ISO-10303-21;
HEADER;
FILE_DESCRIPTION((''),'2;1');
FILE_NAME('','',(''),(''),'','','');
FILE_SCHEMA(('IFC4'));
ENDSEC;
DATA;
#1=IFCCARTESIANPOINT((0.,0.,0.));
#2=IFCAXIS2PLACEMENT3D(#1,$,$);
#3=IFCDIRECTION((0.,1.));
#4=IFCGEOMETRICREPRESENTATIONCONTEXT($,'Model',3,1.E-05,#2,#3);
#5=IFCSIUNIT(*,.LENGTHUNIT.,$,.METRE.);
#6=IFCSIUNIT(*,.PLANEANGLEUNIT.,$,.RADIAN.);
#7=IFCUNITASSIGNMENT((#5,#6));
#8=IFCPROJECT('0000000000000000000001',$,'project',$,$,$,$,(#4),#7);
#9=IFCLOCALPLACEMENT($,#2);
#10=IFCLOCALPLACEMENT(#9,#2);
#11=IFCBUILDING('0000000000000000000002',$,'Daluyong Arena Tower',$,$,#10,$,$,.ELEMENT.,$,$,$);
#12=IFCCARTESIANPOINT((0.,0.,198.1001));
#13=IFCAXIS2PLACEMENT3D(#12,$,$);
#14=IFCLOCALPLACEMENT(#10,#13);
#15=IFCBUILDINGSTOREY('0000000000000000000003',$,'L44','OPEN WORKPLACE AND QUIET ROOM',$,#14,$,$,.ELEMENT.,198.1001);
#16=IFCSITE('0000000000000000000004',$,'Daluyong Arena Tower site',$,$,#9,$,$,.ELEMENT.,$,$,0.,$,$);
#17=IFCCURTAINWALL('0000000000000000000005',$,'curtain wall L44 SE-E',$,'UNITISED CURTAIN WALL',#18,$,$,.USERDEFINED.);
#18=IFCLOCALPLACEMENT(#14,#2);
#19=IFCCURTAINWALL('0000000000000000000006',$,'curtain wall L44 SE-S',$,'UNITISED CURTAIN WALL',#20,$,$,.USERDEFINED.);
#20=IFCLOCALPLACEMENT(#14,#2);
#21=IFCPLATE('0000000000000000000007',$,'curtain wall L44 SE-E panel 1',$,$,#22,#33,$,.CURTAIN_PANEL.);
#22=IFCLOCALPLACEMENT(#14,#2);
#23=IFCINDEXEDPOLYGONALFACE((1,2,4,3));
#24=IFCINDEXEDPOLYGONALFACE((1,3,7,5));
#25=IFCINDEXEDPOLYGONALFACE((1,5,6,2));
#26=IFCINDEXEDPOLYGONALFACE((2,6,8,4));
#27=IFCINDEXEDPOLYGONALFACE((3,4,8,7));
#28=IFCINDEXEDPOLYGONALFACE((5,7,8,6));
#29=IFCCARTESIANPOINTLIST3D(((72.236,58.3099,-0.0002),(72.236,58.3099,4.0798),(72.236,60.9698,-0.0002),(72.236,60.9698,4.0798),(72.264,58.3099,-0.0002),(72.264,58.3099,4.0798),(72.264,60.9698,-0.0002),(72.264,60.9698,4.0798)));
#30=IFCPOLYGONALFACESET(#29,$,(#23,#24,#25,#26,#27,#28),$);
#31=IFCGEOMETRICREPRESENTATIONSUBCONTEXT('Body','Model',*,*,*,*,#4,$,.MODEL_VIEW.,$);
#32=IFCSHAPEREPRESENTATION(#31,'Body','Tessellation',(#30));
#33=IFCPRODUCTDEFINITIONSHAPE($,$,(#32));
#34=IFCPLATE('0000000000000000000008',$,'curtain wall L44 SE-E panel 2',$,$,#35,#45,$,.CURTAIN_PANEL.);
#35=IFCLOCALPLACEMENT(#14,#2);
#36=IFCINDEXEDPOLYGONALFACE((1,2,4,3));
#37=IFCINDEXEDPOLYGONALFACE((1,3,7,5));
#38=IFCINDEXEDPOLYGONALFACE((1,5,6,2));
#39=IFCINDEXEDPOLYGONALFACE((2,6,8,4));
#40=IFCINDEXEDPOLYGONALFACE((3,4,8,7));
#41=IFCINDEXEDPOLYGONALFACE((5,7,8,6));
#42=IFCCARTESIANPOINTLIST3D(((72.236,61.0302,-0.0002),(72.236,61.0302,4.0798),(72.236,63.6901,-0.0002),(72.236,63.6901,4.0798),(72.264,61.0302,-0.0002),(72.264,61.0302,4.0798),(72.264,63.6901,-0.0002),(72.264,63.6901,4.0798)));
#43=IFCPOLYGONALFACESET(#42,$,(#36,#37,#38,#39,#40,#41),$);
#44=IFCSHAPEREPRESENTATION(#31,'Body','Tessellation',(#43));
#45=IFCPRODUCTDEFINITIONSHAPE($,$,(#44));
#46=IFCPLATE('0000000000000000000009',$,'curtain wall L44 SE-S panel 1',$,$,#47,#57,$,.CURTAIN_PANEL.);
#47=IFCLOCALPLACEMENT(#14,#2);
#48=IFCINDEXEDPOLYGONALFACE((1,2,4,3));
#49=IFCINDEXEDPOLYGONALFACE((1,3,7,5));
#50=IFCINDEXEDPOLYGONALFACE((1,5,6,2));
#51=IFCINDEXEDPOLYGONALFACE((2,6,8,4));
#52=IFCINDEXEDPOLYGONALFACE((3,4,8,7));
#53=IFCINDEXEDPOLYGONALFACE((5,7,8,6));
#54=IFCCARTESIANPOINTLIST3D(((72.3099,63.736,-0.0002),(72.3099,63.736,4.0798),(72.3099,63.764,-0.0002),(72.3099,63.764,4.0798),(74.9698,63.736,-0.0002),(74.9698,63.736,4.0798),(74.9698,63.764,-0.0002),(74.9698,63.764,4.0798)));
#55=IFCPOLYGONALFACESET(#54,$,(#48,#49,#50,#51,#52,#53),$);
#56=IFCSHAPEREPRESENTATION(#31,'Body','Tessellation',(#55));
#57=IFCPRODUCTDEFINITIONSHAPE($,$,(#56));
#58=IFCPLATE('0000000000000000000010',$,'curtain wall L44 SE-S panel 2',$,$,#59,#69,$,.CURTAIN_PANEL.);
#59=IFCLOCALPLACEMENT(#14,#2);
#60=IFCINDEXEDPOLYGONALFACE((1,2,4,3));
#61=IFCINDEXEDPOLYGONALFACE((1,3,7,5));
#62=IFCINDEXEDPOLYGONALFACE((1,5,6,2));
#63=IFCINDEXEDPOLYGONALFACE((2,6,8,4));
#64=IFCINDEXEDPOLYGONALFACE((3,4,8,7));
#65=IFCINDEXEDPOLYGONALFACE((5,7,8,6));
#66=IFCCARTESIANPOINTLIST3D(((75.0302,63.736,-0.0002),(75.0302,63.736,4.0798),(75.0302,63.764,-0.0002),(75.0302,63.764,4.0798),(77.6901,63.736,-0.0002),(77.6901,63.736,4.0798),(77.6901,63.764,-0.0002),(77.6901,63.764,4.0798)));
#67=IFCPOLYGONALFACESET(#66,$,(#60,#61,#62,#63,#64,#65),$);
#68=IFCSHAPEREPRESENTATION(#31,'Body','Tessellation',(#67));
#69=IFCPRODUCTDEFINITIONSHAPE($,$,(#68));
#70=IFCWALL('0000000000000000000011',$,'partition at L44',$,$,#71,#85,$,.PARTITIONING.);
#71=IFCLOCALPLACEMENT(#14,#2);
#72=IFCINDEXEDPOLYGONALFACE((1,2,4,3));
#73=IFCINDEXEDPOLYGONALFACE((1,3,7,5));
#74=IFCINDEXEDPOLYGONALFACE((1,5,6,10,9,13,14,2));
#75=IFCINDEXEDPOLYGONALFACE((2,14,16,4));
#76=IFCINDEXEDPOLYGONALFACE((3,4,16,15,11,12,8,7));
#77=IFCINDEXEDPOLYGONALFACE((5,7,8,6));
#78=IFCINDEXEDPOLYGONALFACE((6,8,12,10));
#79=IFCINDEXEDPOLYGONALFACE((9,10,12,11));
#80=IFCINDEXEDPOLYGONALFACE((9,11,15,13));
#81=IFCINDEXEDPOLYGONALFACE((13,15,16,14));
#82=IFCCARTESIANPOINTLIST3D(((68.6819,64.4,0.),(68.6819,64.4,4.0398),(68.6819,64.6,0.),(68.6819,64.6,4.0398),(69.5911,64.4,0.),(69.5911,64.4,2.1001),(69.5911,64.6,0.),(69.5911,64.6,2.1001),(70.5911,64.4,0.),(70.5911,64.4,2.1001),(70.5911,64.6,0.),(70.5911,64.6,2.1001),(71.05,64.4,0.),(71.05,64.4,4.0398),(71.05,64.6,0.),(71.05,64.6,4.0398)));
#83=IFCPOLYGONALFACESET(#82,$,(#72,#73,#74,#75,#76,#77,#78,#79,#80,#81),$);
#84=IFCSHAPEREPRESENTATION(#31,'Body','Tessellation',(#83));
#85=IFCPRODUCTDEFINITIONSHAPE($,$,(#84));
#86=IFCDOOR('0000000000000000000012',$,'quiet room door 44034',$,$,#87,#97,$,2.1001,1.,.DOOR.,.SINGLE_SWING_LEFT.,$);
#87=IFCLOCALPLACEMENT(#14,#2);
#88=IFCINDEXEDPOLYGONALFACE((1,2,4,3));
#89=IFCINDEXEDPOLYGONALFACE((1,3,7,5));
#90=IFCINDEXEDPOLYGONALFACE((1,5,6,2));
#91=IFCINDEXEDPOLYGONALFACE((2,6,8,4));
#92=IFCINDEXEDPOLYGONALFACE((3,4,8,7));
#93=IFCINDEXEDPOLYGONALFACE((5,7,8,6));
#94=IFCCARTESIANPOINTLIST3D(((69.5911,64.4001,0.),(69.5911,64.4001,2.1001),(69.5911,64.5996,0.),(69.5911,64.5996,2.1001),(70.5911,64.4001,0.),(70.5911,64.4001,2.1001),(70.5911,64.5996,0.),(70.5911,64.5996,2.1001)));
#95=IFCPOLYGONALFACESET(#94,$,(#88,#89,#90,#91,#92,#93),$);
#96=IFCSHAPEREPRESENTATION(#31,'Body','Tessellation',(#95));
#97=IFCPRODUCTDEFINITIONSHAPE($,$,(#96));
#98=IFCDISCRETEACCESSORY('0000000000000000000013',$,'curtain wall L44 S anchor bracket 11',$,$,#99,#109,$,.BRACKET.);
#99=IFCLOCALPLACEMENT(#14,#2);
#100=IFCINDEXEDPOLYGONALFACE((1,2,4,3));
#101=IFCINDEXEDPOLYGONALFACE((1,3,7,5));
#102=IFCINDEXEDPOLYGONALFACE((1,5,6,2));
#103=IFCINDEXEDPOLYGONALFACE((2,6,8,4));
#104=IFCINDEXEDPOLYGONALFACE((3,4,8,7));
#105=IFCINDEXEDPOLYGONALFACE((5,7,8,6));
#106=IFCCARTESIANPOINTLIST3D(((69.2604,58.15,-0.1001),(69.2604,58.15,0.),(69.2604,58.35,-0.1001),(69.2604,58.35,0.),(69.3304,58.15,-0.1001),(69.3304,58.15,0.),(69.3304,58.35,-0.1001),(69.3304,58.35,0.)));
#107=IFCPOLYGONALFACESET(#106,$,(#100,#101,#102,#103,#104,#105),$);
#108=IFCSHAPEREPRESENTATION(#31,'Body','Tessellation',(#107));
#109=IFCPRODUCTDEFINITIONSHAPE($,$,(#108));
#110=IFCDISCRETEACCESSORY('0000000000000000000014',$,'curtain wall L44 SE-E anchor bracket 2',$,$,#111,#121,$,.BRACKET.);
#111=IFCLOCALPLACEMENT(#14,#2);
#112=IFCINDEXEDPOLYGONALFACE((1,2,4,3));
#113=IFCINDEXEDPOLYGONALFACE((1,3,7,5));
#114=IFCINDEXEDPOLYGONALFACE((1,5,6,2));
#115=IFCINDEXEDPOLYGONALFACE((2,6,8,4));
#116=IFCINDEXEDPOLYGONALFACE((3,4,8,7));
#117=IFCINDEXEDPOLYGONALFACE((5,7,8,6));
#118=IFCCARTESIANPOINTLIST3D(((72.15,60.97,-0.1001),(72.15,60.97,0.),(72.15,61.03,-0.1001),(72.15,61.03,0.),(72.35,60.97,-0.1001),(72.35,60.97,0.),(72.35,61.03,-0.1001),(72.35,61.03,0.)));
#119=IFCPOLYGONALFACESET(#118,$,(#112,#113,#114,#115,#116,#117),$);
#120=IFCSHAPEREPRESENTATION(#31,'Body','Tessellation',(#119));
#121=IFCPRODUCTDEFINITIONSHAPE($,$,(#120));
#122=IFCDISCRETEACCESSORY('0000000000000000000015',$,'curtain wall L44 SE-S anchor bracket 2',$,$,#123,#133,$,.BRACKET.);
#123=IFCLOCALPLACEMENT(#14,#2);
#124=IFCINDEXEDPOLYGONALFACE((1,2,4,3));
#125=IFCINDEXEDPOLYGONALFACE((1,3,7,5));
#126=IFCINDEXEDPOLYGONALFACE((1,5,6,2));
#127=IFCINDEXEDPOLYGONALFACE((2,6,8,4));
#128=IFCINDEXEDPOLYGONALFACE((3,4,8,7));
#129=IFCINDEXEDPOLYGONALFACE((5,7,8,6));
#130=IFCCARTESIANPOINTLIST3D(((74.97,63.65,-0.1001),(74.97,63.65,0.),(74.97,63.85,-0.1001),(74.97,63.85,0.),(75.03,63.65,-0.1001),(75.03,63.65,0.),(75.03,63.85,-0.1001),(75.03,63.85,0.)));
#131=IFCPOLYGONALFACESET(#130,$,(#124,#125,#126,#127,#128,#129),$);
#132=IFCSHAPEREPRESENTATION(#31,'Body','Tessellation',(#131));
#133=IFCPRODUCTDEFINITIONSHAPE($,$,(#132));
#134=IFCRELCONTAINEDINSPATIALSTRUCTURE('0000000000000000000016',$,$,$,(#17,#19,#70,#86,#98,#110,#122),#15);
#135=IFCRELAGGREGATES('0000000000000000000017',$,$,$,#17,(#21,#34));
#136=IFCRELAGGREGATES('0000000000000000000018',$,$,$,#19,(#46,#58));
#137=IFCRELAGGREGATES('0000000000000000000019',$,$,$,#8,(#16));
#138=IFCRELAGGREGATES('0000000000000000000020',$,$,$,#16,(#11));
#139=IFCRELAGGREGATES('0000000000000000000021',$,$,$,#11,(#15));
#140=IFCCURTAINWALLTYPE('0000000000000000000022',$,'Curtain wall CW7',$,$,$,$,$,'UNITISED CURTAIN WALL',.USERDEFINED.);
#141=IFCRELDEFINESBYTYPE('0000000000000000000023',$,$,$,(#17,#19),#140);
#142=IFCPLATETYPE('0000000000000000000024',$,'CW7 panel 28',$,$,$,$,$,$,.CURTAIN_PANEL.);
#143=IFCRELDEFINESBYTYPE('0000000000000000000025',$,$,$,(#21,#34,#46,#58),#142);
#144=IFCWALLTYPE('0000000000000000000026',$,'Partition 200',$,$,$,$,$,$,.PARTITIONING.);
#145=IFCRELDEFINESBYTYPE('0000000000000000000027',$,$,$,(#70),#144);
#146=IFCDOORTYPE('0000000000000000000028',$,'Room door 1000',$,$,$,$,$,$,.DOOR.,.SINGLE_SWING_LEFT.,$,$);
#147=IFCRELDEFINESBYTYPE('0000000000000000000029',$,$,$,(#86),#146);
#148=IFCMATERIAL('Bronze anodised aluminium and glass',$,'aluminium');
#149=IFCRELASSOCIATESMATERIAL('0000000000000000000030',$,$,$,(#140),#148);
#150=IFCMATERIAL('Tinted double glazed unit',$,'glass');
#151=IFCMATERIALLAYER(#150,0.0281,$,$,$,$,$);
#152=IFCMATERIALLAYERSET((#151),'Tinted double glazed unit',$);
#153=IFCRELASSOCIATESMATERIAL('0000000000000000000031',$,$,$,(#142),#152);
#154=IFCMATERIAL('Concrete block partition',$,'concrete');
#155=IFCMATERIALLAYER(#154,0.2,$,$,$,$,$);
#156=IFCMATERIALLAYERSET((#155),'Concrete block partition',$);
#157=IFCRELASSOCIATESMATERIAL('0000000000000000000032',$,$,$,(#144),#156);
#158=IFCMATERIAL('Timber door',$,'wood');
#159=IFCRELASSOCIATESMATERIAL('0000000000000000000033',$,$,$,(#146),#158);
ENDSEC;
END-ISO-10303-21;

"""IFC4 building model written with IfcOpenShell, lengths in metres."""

from ifc_helpers import new_model, si_unit, direction, frame, frame_2d, origin, origin_2d, place, context, subcontext, project, spatial, rectangle, extrude, material, layer, layer_set, type_object, element, fill, aggregate, save


model = new_model("IFC4")

# Units and contexts
model_context = context("Model", 3, precision=1e-05, world=origin(), true_north=direction((0.0, 1.0)))
body_context = subcontext(model_context, "Body", "Model", "MODEL_VIEW")
ifc_project = project(units=[si_unit("LENGTHUNIT", "METRE"), si_unit("PLANEANGLEUNIT", "RADIAN")], contexts=[model_context])

# Site, building, storey
site_placement = place(None, origin())
site = spatial("IfcSite", under=ifc_project, at=site_placement, Name="Daluyong Arena Tower site", CompositionType="ELEMENT", RefElevation=0.0)
building_placement = place(site_placement, origin())
building = spatial("IfcBuilding", under=site, at=building_placement, Name="Daluyong Arena Tower", CompositionType="ELEMENT")
storey_placement = place(building_placement, frame((0.0, 0.0, 198.1001)))
storey = spatial("IfcBuildingStorey", under=building, at=storey_placement, Name="L44", Description="OPEN WORKPLACE AND QUIET ROOM", CompositionType="ELEMENT", Elevation=198.1001)

# Curtain walls
ifc_material_1 = material(Name="Bronze anodised aluminium and glass", Category="aluminium")
curtain_wall_type_1 = type_object("IfcCurtainWallType", Name="Curtain wall CW7", ElementType="UNITISED CURTAIN WALL", PredefinedType="USERDEFINED", material=ifc_material_1)
curtain_wall_1_placement = place(storey_placement, origin())
curtain_wall_1 = element("IfcCurtainWall", 1, at=curtain_wall_1_placement, inside=storey, type_object=curtain_wall_type_1, Name="curtain wall L44 SE-E", ObjectType="UNITISED CURTAIN WALL", PredefinedType="USERDEFINED")
curtain_wall_2_placement = place(storey_placement, origin())
curtain_wall_2 = element("IfcCurtainWall", 2, at=curtain_wall_2_placement, inside=storey, type_object=curtain_wall_type_1, Name="curtain wall L44 SE-S", ObjectType="UNITISED CURTAIN WALL", PredefinedType="USERDEFINED")

# Plates
ifc_material_2 = material(Name="Tinted double glazed unit", Category="glass")
ifc_layer_1 = layer(ifc_material_2, 0.0281)
ifc_layer_set_1 = layer_set([ifc_layer_1], Name="Tinted double glazed unit")
plate_type_1 = type_object("IfcPlateType", Name="CW7 panel 28", PredefinedType="CURTAIN_PANEL", material=ifc_layer_set_1)
plate_1_placement = place(storey_placement, frame((72.25, 59.6399, -0.0002), z_axis=(0.0, 0.0, 1.0), x_axis=(0.0, 1.0, 0.0)))
plate_1 = element("IfcPlate", 3, at=plate_1_placement, type_object=plate_type_1, Name="curtain wall L44 SE-E panel 1", PredefinedType="CURTAIN_PANEL", context=body_context, shape_type="SweptSolid", body=[
    extrude(rectangle(XDim=2.6599, YDim=0.0281, at=origin_2d()), origin(), (0.0, 0.0, 1.0), 4.0801),
])
plate_2_placement = place(storey_placement, frame((72.25, 62.3601, -0.0002), z_axis=(0.0, 0.0, 1.0), x_axis=(0.0, 1.0, 0.0)))
plate_2 = element("IfcPlate", 4, at=plate_2_placement, type_object=plate_type_1, Name="curtain wall L44 SE-E panel 2", PredefinedType="CURTAIN_PANEL", context=body_context, shape_type="SweptSolid", body=[
    extrude(rectangle(XDim=2.6599, YDim=0.0281, at=origin_2d()), origin(), (0.0, 0.0, 1.0), 4.0801),
])
aggregate(curtain_wall_1, [plate_1, plate_2])
plate_3_placement = place(storey_placement, frame((73.6399, 63.75, -0.0002), z_axis=(0.0, 0.0, 1.0), x_axis=(1.0, 0.0, 0.0)))
plate_3 = element("IfcPlate", 5, at=plate_3_placement, type_object=plate_type_1, Name="curtain wall L44 SE-S panel 1", PredefinedType="CURTAIN_PANEL", context=body_context, shape_type="SweptSolid", body=[
    extrude(rectangle(XDim=2.6599, YDim=0.0281, at=origin_2d()), origin(), (0.0, 0.0, 1.0), 4.0801),
])
plate_4_placement = place(storey_placement, frame((76.3601, 63.75, -0.0002), z_axis=(0.0, 0.0, 1.0), x_axis=(1.0, 0.0, 0.0)))
plate_4 = element("IfcPlate", 6, at=plate_4_placement, type_object=plate_type_1, Name="curtain wall L44 SE-S panel 2", PredefinedType="CURTAIN_PANEL", context=body_context, shape_type="SweptSolid", body=[
    extrude(rectangle(XDim=2.6599, YDim=0.0281, at=origin_2d()), origin(), (0.0, 0.0, 1.0), 4.0801),
])
aggregate(curtain_wall_2, [plate_3, plate_4])

# Wall, opening, door
ifc_material_3 = material(Name="Concrete block partition", Category="concrete")
ifc_layer_2 = layer(ifc_material_3, 0.2)
ifc_layer_set_2 = layer_set([ifc_layer_2], Name="Concrete block partition")
wall_type = type_object("IfcWallType", Name="Partition 200", PredefinedType="PARTITIONING", material=ifc_layer_set_2)
wall_placement = place(storey_placement, frame((68.6819, 64.5, 0.0), z_axis=(0.0, 0.0, 1.0), x_axis=(1.0, 0.0, 0.0)))
wall = element("IfcWall", 7, at=wall_placement, inside=storey, type_object=wall_type, Name="partition at L44", PredefinedType="PARTITIONING", context=body_context, shape_type="SweptSolid", body=[
    extrude(rectangle(XDim=2.3682, YDim=0.2, at=frame_2d((1.1841, 0.0))), origin(), (0.0, 0.0, 1.0), 4.0398),
])
opening_placement = place(wall_placement, frame((0.9092, 0.0, 0.0)))
opening = element("IfcOpeningElement", 8, at=opening_placement, cuts=wall, PredefinedType="OPENING", context=body_context, shape_type="SweptSolid", body=[
    extrude(rectangle(XDim=1.0, YDim=2.1001, at=frame_2d((0.5, 1.05))), frame((0.0, 0.1099, 0.0), z_axis=(0.0, -1.0, 0.0), x_axis=(1.0, 0.0, 0.0)), (0.0, 0.0, 1.0), 0.22),
])
ifc_material_4 = material(Name="Timber door", Category="wood")
door_type = type_object("IfcDoorType", Name="Room door 1000", OperationType="SINGLE_SWING_LEFT", PredefinedType="DOOR", material=ifc_material_4)
door_placement = place(opening_placement, origin())
door = element("IfcDoor", 9, at=door_placement, inside=storey, type_object=door_type, Name="quiet room door 44034", OperationType="SINGLE_SWING_LEFT", OverallHeight=2.1001, OverallWidth=1.0, PredefinedType="DOOR", context=body_context, shape_type="SweptSolid", body=[
    extrude(rectangle(XDim=1.0, YDim=2.1001, at=frame_2d((0.5, 1.05))), frame((0.0, 0.0996, 0.0), z_axis=(0.0, -1.0, 0.0), x_axis=(1.0, 0.0, 0.0)), (0.0, 0.0, 1.0), 0.1995),
])
fill(opening, door)

# Discrete accessories
discrete_accessory_placement = place(storey_placement, frame((69.2954, 58.25, -0.1001), z_axis=(0.0, 0.0, 1.0), x_axis=(1.0, 0.0, 0.0)))
element("IfcDiscreteAccessory", 10, at=discrete_accessory_placement, inside=storey, Name="curtain wall L44 S anchor bracket 11", PredefinedType="BRACKET", context=body_context, shape_type="SweptSolid", body=[
    extrude(rectangle(XDim=0.0701, YDim=0.2, at=origin_2d()), origin(), (0.0, 0.0, 1.0), 0.1001),
])
for number, where, z_axis, x_axis, name in (
    (11, (72.25, 61.0, -0.1001), (0.0, 0.0, 1.0), (0.0, 1.0, 0.0), "curtain wall L44 SE-E anchor bracket 2"),
    (12, (75.0, 63.75, -0.1001), (0.0, 0.0, 1.0), (1.0, 0.0, 0.0), "curtain wall L44 SE-S anchor bracket 2"),
):
    element("IfcDiscreteAccessory", number, at=place(storey_placement, frame(where, z_axis=z_axis, x_axis=x_axis)), inside=storey, Name=name, PredefinedType="BRACKET", context=body_context, shape_type="SweptSolid", body=[
        extrude(rectangle(XDim=0.0601, YDim=0.2, at=origin_2d()), origin(), (0.0, 0.0, 1.0), 0.1001),
    ])

save(model, "model.ifc")
